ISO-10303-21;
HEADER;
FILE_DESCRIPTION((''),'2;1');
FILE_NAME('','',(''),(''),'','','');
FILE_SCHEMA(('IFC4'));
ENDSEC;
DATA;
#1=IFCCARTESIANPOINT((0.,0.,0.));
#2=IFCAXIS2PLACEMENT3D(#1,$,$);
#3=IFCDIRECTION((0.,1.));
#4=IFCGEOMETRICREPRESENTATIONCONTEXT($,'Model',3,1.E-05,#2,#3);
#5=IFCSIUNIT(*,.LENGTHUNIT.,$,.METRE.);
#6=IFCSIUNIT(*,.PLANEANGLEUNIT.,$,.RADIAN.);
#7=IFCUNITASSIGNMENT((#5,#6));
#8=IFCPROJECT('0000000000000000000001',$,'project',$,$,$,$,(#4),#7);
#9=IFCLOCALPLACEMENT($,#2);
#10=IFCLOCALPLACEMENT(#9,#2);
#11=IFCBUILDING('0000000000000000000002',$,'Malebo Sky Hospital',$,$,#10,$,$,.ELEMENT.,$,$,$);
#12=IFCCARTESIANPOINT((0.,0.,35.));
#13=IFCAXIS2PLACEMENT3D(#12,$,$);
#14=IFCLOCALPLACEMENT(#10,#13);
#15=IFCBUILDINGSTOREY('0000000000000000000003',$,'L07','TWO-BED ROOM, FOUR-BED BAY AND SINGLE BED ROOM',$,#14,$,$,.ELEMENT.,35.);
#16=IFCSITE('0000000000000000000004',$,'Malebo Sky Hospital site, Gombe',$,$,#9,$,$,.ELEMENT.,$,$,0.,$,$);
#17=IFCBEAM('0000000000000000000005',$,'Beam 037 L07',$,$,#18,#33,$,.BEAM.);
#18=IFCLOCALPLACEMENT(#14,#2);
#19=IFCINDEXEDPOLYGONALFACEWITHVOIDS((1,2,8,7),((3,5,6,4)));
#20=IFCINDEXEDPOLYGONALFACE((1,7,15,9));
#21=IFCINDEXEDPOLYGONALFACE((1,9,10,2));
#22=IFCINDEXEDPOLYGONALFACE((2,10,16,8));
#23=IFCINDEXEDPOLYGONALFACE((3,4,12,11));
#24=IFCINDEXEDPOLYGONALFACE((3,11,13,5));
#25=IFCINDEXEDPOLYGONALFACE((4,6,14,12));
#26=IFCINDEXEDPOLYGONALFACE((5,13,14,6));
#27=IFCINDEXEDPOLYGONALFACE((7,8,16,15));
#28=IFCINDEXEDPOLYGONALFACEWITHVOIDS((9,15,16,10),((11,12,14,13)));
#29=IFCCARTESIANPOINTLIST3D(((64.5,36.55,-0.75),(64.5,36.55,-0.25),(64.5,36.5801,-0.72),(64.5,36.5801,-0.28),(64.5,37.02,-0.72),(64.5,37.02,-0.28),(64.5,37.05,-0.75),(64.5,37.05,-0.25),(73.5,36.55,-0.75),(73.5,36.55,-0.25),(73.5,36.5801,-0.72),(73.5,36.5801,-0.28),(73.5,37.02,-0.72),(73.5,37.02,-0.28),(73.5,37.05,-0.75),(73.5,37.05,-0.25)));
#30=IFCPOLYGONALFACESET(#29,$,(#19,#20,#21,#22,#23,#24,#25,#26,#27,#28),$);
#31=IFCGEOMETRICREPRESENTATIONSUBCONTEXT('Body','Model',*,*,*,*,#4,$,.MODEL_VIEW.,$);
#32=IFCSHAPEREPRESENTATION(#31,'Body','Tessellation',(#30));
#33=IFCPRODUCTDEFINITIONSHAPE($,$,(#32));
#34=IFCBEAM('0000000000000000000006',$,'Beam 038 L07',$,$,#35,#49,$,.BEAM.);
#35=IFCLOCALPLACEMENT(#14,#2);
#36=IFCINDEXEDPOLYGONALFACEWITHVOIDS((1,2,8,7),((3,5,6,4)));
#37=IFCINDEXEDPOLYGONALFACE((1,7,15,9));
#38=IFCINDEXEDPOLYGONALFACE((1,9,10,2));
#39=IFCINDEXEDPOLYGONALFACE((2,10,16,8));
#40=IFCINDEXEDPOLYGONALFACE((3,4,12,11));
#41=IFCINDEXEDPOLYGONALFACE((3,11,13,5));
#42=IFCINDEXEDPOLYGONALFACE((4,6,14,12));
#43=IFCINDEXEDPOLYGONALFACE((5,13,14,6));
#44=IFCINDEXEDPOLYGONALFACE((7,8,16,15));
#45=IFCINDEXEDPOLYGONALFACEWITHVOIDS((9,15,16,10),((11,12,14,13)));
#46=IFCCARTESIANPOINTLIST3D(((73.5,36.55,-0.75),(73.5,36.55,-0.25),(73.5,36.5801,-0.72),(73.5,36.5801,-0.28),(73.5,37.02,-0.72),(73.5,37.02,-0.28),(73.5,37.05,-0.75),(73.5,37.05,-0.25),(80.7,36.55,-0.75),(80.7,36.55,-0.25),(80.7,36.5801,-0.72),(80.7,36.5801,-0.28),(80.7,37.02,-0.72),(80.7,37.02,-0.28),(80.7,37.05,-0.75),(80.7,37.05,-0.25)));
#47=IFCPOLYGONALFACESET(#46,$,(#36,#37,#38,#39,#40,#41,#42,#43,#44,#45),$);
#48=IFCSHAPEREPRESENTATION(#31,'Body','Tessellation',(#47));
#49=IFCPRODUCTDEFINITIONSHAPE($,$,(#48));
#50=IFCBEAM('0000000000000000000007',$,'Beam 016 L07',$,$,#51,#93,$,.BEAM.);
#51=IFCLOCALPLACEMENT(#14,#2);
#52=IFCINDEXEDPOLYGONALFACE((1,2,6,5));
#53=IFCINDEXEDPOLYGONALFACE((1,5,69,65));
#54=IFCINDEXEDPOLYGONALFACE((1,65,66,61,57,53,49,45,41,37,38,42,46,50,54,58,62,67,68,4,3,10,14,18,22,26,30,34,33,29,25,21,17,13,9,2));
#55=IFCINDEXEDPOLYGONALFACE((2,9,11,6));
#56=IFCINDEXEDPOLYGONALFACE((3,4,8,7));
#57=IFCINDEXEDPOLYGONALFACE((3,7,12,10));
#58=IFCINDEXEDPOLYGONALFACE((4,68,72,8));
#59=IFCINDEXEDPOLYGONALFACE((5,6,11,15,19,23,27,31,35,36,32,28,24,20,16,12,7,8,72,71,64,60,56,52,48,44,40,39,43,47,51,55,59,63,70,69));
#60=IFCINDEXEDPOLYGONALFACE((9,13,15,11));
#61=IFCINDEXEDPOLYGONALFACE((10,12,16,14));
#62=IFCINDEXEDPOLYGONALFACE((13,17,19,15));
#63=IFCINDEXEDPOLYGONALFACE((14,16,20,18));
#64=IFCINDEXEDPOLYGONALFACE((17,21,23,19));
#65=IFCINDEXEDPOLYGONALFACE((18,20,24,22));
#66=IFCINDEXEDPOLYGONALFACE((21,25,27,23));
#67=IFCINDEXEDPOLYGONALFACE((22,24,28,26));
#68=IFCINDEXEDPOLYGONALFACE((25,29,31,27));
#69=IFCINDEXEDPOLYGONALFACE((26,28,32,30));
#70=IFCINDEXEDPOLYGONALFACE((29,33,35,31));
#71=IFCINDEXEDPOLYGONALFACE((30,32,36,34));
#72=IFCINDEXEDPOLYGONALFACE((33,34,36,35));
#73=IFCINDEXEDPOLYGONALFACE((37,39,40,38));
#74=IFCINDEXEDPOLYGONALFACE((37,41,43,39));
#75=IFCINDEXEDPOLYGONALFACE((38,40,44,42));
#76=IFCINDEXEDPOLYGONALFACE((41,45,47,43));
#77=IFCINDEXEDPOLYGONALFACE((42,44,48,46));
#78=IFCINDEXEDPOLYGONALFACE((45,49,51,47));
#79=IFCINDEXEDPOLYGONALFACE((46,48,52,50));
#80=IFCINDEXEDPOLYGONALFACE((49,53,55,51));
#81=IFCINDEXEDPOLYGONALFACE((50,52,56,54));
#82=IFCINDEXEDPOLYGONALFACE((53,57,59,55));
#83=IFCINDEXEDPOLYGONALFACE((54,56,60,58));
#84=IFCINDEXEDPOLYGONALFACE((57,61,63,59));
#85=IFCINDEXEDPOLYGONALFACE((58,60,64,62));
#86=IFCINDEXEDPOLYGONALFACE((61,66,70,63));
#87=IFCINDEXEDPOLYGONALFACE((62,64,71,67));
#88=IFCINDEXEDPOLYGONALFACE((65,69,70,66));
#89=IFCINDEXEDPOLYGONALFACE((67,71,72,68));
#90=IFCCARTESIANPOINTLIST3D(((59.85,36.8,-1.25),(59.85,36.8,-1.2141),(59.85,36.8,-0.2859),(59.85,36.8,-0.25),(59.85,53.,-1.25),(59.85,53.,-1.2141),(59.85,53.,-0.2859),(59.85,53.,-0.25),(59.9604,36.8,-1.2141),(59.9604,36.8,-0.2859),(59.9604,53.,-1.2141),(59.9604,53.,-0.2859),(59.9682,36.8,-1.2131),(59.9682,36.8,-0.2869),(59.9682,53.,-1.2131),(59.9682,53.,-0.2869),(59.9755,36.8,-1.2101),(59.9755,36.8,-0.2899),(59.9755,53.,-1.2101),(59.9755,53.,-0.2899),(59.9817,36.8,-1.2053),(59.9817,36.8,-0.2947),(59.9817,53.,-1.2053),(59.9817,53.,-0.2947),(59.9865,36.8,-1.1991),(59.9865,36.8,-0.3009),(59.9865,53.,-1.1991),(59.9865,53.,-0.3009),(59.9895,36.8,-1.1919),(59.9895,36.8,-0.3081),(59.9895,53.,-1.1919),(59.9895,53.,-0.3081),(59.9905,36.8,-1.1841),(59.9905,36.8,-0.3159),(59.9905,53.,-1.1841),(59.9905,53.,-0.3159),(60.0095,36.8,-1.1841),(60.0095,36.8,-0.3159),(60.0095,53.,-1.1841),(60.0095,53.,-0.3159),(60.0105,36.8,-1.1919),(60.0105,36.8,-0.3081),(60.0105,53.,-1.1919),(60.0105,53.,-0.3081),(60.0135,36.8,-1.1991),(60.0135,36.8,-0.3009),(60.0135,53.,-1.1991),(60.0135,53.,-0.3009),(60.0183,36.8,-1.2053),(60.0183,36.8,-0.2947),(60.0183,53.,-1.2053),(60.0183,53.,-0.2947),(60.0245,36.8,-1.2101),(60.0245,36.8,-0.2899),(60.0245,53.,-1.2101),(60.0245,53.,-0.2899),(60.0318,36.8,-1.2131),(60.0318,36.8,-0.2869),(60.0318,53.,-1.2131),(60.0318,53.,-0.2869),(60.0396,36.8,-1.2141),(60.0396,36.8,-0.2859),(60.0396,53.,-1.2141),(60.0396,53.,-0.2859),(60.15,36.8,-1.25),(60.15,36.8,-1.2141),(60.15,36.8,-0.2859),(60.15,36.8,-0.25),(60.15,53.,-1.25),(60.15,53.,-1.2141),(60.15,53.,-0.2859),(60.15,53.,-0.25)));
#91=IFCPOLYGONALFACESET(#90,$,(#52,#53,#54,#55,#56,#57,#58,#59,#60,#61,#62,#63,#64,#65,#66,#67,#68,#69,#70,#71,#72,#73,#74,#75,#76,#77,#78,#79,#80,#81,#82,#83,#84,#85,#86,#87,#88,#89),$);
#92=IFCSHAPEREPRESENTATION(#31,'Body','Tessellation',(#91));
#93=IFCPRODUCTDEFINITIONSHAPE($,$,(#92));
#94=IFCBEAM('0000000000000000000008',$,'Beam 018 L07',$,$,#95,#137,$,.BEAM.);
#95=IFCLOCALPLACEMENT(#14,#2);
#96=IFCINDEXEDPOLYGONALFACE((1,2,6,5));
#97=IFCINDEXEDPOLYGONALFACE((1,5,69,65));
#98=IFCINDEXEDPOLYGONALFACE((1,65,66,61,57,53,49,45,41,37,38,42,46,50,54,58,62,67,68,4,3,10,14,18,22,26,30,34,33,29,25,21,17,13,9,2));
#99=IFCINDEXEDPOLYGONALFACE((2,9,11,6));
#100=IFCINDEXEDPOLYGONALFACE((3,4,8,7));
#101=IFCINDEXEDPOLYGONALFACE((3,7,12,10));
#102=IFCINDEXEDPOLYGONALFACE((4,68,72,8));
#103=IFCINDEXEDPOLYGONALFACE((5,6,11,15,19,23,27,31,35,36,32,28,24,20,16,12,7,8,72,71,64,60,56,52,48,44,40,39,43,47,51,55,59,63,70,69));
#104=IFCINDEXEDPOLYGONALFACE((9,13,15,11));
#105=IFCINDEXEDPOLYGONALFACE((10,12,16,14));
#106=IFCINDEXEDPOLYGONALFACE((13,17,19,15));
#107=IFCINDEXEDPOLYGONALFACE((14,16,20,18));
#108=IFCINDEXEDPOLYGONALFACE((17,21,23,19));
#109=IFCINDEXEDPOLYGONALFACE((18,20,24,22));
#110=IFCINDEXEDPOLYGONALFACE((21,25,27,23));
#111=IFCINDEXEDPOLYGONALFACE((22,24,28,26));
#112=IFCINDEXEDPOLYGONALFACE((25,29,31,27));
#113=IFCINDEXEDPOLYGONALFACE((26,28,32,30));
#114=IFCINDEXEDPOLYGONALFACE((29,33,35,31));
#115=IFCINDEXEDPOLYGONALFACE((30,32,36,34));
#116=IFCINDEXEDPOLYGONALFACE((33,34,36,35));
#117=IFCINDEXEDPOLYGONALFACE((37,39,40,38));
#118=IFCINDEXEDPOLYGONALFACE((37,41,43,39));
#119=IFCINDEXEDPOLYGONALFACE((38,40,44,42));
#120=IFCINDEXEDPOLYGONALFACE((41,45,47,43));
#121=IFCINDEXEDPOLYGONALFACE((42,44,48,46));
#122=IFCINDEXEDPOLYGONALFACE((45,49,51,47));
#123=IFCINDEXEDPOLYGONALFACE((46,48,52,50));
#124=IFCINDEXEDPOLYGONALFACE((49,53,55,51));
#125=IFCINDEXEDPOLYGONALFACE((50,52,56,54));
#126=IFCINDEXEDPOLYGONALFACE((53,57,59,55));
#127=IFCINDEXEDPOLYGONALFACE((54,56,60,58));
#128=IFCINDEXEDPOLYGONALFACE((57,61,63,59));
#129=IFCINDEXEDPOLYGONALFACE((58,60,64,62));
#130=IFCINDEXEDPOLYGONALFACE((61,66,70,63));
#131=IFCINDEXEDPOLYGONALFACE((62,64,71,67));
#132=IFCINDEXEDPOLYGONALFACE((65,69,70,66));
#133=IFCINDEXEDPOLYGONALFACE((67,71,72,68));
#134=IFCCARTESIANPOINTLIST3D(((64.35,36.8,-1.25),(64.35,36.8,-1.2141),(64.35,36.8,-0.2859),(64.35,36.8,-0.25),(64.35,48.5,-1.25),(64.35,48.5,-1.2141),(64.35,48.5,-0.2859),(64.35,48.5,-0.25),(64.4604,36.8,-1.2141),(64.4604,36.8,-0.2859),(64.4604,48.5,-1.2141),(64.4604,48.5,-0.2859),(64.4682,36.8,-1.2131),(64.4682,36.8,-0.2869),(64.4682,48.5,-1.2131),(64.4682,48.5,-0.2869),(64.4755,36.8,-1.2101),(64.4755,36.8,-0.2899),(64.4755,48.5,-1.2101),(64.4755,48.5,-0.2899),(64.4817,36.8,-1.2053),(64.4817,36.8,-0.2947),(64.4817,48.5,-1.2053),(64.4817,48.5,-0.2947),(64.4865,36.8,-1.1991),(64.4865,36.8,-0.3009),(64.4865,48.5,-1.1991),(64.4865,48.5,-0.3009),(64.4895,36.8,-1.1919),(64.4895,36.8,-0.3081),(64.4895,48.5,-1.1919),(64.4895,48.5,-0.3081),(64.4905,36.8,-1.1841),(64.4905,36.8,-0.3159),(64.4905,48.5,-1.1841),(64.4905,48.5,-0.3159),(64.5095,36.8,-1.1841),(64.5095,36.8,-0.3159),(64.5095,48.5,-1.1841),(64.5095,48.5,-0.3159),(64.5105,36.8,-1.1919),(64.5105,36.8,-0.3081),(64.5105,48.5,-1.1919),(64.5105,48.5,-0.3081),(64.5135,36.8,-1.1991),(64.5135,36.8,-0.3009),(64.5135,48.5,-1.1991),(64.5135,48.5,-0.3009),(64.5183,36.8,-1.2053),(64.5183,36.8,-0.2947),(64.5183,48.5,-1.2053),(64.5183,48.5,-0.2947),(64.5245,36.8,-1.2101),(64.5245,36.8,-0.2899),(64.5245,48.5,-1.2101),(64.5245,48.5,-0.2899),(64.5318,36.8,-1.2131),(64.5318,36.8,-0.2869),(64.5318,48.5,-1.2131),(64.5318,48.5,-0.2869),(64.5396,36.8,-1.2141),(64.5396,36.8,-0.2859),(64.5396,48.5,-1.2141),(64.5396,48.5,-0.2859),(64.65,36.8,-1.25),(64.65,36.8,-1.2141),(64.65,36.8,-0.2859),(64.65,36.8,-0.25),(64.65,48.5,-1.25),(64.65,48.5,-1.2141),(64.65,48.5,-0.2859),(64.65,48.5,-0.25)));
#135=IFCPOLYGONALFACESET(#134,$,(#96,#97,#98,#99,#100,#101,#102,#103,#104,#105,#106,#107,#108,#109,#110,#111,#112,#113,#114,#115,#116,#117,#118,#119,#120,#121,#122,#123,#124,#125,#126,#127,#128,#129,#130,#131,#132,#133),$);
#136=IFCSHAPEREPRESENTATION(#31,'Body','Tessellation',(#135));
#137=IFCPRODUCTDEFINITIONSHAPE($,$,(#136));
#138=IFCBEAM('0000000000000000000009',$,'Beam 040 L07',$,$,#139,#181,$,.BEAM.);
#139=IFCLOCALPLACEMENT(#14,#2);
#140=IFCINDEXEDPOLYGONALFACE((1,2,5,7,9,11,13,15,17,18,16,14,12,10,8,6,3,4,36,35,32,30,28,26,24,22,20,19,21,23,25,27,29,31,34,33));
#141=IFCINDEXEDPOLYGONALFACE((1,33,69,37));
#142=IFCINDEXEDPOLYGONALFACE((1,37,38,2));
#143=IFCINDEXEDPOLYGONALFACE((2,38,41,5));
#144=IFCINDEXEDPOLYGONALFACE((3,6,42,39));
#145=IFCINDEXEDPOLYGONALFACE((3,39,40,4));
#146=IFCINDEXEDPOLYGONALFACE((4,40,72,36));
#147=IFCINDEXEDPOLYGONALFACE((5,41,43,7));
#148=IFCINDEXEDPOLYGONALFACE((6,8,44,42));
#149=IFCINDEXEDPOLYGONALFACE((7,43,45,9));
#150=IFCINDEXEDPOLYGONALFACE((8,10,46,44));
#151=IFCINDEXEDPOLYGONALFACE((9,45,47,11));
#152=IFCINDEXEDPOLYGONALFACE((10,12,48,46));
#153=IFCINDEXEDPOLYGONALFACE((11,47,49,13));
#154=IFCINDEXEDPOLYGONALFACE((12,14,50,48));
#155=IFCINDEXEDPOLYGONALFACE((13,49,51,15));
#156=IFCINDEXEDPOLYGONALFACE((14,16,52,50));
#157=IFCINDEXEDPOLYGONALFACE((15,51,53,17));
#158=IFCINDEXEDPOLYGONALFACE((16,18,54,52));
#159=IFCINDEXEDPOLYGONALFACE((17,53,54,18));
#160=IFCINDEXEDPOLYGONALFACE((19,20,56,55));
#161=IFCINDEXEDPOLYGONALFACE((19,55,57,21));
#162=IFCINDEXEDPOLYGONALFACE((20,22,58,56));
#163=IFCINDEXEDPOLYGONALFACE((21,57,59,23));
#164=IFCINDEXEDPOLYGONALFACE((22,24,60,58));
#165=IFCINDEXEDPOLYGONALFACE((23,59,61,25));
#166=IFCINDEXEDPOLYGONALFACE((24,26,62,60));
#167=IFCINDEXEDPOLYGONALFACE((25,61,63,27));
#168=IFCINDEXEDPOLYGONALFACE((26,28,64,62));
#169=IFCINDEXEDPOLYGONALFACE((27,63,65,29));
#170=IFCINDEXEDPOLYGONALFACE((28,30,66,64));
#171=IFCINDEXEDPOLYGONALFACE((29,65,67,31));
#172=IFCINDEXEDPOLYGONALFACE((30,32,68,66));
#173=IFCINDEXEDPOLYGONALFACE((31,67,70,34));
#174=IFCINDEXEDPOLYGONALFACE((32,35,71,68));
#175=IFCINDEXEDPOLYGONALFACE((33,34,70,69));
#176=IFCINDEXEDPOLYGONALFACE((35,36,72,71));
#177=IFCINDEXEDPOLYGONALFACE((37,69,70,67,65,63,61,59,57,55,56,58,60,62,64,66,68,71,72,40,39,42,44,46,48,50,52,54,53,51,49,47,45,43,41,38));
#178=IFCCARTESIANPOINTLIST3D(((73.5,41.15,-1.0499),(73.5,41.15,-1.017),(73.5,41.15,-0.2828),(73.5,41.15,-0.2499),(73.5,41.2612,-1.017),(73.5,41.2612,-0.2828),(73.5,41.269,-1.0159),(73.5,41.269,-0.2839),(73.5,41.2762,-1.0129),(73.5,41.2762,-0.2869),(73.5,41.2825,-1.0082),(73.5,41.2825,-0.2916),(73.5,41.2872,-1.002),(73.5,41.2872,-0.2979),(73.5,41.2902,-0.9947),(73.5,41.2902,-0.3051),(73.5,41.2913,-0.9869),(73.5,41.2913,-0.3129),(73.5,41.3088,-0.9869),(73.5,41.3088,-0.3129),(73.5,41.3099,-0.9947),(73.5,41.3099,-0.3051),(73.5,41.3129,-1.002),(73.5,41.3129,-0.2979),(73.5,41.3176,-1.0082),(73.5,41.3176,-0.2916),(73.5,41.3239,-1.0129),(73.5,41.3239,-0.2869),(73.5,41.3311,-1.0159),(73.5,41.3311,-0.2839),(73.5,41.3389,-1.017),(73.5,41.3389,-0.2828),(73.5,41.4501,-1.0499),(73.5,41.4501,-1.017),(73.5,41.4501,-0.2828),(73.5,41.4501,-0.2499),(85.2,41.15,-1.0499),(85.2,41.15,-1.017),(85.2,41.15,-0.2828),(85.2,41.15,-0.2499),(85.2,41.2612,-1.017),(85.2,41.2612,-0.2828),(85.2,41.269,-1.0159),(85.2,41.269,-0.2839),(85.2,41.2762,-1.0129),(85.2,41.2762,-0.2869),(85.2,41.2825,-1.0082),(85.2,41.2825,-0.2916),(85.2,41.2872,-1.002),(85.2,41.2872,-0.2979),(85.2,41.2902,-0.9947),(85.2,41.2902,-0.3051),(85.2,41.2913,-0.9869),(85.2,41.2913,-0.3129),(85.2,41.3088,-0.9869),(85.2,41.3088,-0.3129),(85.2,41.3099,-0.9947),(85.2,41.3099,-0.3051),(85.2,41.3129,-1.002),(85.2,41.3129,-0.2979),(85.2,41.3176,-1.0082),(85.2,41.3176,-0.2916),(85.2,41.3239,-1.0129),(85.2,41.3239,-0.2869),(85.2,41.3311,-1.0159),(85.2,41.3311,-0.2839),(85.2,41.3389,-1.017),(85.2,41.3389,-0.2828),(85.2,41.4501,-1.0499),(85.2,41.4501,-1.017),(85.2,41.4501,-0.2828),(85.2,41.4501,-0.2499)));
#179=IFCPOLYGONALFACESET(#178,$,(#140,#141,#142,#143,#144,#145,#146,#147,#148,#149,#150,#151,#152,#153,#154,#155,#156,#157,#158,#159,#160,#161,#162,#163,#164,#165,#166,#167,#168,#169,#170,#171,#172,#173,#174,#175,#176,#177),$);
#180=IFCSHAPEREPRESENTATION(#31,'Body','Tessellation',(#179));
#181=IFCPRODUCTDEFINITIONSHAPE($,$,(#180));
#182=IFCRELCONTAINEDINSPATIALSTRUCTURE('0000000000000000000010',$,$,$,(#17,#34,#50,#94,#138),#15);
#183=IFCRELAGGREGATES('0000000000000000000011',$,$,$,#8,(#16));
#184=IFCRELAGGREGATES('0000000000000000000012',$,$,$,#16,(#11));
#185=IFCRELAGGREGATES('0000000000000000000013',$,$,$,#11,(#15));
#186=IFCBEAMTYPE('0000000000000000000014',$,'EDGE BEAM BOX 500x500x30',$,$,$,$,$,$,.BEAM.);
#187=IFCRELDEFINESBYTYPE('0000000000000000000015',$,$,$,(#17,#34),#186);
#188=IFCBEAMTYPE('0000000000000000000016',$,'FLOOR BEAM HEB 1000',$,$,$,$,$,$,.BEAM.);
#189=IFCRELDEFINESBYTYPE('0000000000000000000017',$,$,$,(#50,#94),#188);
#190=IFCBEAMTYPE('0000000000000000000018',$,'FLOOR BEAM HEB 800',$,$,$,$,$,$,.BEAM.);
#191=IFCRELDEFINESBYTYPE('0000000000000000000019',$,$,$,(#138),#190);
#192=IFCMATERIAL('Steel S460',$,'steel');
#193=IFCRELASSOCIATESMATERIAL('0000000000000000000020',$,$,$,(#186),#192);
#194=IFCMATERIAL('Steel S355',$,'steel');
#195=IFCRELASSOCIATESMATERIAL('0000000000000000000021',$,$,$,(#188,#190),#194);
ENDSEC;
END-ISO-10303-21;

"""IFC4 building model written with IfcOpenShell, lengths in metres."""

from ifc_helpers import new_model, si_unit, direction, frame, origin, origin_2d, place, context, subcontext, project, spatial, hollow_rectangle, i_section, extrude, material, material_profile, profile_set, type_object, element, save


model = new_model("IFC4")

# Units and contexts
model_context = context("Model", 3, precision=1e-05, world=origin(), true_north=direction((0.0, 1.0)))
body_context = subcontext(model_context, "Body", "Model", "MODEL_VIEW")
ifc_project = project(units=[si_unit("LENGTHUNIT", "METRE"), si_unit("PLANEANGLEUNIT", "RADIAN")], contexts=[model_context])

# Site, building, storey
site_placement = place(None, origin())
site = spatial("IfcSite", under=ifc_project, at=site_placement, Name="Malebo Sky Hospital site, Gombe", CompositionType="ELEMENT", RefElevation=0.0)
building_placement = place(site_placement, origin())
building = spatial("IfcBuilding", under=site, at=building_placement, Name="Malebo Sky Hospital", CompositionType="ELEMENT")
storey_placement = place(building_placement, frame((0.0, 0.0, 35.0)))
storey = spatial("IfcBuildingStorey", under=building, at=storey_placement, Name="L07", Description="TWO-BED ROOM, FOUR-BED BAY AND SINGLE BED ROOM", CompositionType="ELEMENT", Elevation=35.0)

# Shared definitions
ifc_material_1 = material(Name="Steel S460", Category="steel")

# Beams
ifc_material_profile_1 = material_profile(ifc_material_1, hollow_rectangle(XDim=0.5, YDim=0.5, WallThickness=0.03, at=origin_2d()), Name="BOX 500x500x30")
ifc_profile_set_1 = profile_set([ifc_material_profile_1], Name="Steel S460")
beam_type_1 = type_object("IfcBeamType", Name="EDGE BEAM BOX 500x500x30", PredefinedType="BEAM", material=ifc_profile_set_1)
beam_1_placement = place(storey_placement, frame((64.5, 36.8, -0.5), z_axis=(1.0, 0.0, 0.0), x_axis=(0.0, 1.0, 0.0)))
element("IfcBeam", 1, at=beam_1_placement, inside=storey, type_object=beam_type_1, Name="Beam 037 L07", PredefinedType="BEAM", context=body_context, shape_type="SweptSolid", body=[
    extrude(hollow_rectangle(XDim=0.5, YDim=0.5, WallThickness=0.03, at=origin_2d()), origin(), (0.0, 0.0, 1.0), 9.0),
])
beam_2_placement = place(storey_placement, frame((73.5, 36.8, -0.5), z_axis=(1.0, 0.0, 0.0), x_axis=(0.0, 1.0, 0.0)))
element("IfcBeam", 2, at=beam_2_placement, inside=storey, type_object=beam_type_1, Name="Beam 038 L07", PredefinedType="BEAM", context=body_context, shape_type="SweptSolid", body=[
    extrude(hollow_rectangle(XDim=0.5, YDim=0.5, WallThickness=0.03, at=origin_2d()), origin(), (0.0, 0.0, 1.0), 7.2),
])
ifc_material_2 = material(Name="Steel S355", Category="steel")
ifc_material_profile_2 = material_profile(ifc_material_2, i_section(OverallWidth=0.3, OverallDepth=1.0, WebThickness=0.019, FlangeThickness=0.0359, FilletRadius=0.03, at=origin_2d()), Name="HEB 1000")
ifc_profile_set_2 = profile_set([ifc_material_profile_2], Name="Steel S355")
beam_type_2 = type_object("IfcBeamType", Name="FLOOR BEAM HEB 1000", PredefinedType="BEAM", material=ifc_profile_set_2)
beam_3_placement = place(storey_placement, frame((60.0, 36.8, -0.75), z_axis=(0.0, 1.0, 0.0), x_axis=(-1.0, 0.0, 0.0)))
element("IfcBeam", 3, at=beam_3_placement, inside=storey, type_object=beam_type_2, Name="Beam 016 L07", PredefinedType="BEAM", context=body_context, shape_type="SweptSolid", body=[
    extrude(i_section(OverallWidth=0.3, OverallDepth=1.0, WebThickness=0.019, FlangeThickness=0.0359, FilletRadius=0.03, at=origin_2d()), origin(), (0.0, 0.0, 1.0), 16.2),
])
beam_4_placement = place(storey_placement, frame((64.5, 36.8, -0.75), z_axis=(0.0, 1.0, 0.0), x_axis=(-1.0, 0.0, 0.0)))
element("IfcBeam", 4, at=beam_4_placement, inside=storey, type_object=beam_type_2, Name="Beam 018 L07", PredefinedType="BEAM", context=body_context, shape_type="SweptSolid", body=[
    extrude(i_section(OverallWidth=0.3, OverallDepth=1.0, WebThickness=0.019, FlangeThickness=0.0359, FilletRadius=0.03, at=origin_2d()), origin(), (0.0, 0.0, 1.0), 11.7),
])
ifc_material_profile_3 = material_profile(ifc_material_2, i_section(OverallWidth=0.3, OverallDepth=0.8, WebThickness=0.0176, FlangeThickness=0.033, FilletRadius=0.03, at=origin_2d()), Name="HEB 800")
ifc_profile_set_3 = profile_set([ifc_material_profile_3], Name="Steel S355")
beam_type_3 = type_object("IfcBeamType", Name="FLOOR BEAM HEB 800", PredefinedType="BEAM", material=ifc_profile_set_3)
beam_5_placement = place(storey_placement, frame((73.5, 41.3, -0.6499), z_axis=(1.0, 0.0, 0.0), x_axis=(0.0, 1.0, 0.0)))
element("IfcBeam", 5, at=beam_5_placement, inside=storey, type_object=beam_type_3, Name="Beam 040 L07", PredefinedType="BEAM", context=body_context, shape_type="SweptSolid", body=[
    extrude(i_section(OverallWidth=0.3, OverallDepth=0.8, WebThickness=0.0176, FlangeThickness=0.033, FilletRadius=0.03, at=origin_2d()), origin(), (0.0, 0.0, 1.0), 11.7),
])

save(model, "model.ifc")
